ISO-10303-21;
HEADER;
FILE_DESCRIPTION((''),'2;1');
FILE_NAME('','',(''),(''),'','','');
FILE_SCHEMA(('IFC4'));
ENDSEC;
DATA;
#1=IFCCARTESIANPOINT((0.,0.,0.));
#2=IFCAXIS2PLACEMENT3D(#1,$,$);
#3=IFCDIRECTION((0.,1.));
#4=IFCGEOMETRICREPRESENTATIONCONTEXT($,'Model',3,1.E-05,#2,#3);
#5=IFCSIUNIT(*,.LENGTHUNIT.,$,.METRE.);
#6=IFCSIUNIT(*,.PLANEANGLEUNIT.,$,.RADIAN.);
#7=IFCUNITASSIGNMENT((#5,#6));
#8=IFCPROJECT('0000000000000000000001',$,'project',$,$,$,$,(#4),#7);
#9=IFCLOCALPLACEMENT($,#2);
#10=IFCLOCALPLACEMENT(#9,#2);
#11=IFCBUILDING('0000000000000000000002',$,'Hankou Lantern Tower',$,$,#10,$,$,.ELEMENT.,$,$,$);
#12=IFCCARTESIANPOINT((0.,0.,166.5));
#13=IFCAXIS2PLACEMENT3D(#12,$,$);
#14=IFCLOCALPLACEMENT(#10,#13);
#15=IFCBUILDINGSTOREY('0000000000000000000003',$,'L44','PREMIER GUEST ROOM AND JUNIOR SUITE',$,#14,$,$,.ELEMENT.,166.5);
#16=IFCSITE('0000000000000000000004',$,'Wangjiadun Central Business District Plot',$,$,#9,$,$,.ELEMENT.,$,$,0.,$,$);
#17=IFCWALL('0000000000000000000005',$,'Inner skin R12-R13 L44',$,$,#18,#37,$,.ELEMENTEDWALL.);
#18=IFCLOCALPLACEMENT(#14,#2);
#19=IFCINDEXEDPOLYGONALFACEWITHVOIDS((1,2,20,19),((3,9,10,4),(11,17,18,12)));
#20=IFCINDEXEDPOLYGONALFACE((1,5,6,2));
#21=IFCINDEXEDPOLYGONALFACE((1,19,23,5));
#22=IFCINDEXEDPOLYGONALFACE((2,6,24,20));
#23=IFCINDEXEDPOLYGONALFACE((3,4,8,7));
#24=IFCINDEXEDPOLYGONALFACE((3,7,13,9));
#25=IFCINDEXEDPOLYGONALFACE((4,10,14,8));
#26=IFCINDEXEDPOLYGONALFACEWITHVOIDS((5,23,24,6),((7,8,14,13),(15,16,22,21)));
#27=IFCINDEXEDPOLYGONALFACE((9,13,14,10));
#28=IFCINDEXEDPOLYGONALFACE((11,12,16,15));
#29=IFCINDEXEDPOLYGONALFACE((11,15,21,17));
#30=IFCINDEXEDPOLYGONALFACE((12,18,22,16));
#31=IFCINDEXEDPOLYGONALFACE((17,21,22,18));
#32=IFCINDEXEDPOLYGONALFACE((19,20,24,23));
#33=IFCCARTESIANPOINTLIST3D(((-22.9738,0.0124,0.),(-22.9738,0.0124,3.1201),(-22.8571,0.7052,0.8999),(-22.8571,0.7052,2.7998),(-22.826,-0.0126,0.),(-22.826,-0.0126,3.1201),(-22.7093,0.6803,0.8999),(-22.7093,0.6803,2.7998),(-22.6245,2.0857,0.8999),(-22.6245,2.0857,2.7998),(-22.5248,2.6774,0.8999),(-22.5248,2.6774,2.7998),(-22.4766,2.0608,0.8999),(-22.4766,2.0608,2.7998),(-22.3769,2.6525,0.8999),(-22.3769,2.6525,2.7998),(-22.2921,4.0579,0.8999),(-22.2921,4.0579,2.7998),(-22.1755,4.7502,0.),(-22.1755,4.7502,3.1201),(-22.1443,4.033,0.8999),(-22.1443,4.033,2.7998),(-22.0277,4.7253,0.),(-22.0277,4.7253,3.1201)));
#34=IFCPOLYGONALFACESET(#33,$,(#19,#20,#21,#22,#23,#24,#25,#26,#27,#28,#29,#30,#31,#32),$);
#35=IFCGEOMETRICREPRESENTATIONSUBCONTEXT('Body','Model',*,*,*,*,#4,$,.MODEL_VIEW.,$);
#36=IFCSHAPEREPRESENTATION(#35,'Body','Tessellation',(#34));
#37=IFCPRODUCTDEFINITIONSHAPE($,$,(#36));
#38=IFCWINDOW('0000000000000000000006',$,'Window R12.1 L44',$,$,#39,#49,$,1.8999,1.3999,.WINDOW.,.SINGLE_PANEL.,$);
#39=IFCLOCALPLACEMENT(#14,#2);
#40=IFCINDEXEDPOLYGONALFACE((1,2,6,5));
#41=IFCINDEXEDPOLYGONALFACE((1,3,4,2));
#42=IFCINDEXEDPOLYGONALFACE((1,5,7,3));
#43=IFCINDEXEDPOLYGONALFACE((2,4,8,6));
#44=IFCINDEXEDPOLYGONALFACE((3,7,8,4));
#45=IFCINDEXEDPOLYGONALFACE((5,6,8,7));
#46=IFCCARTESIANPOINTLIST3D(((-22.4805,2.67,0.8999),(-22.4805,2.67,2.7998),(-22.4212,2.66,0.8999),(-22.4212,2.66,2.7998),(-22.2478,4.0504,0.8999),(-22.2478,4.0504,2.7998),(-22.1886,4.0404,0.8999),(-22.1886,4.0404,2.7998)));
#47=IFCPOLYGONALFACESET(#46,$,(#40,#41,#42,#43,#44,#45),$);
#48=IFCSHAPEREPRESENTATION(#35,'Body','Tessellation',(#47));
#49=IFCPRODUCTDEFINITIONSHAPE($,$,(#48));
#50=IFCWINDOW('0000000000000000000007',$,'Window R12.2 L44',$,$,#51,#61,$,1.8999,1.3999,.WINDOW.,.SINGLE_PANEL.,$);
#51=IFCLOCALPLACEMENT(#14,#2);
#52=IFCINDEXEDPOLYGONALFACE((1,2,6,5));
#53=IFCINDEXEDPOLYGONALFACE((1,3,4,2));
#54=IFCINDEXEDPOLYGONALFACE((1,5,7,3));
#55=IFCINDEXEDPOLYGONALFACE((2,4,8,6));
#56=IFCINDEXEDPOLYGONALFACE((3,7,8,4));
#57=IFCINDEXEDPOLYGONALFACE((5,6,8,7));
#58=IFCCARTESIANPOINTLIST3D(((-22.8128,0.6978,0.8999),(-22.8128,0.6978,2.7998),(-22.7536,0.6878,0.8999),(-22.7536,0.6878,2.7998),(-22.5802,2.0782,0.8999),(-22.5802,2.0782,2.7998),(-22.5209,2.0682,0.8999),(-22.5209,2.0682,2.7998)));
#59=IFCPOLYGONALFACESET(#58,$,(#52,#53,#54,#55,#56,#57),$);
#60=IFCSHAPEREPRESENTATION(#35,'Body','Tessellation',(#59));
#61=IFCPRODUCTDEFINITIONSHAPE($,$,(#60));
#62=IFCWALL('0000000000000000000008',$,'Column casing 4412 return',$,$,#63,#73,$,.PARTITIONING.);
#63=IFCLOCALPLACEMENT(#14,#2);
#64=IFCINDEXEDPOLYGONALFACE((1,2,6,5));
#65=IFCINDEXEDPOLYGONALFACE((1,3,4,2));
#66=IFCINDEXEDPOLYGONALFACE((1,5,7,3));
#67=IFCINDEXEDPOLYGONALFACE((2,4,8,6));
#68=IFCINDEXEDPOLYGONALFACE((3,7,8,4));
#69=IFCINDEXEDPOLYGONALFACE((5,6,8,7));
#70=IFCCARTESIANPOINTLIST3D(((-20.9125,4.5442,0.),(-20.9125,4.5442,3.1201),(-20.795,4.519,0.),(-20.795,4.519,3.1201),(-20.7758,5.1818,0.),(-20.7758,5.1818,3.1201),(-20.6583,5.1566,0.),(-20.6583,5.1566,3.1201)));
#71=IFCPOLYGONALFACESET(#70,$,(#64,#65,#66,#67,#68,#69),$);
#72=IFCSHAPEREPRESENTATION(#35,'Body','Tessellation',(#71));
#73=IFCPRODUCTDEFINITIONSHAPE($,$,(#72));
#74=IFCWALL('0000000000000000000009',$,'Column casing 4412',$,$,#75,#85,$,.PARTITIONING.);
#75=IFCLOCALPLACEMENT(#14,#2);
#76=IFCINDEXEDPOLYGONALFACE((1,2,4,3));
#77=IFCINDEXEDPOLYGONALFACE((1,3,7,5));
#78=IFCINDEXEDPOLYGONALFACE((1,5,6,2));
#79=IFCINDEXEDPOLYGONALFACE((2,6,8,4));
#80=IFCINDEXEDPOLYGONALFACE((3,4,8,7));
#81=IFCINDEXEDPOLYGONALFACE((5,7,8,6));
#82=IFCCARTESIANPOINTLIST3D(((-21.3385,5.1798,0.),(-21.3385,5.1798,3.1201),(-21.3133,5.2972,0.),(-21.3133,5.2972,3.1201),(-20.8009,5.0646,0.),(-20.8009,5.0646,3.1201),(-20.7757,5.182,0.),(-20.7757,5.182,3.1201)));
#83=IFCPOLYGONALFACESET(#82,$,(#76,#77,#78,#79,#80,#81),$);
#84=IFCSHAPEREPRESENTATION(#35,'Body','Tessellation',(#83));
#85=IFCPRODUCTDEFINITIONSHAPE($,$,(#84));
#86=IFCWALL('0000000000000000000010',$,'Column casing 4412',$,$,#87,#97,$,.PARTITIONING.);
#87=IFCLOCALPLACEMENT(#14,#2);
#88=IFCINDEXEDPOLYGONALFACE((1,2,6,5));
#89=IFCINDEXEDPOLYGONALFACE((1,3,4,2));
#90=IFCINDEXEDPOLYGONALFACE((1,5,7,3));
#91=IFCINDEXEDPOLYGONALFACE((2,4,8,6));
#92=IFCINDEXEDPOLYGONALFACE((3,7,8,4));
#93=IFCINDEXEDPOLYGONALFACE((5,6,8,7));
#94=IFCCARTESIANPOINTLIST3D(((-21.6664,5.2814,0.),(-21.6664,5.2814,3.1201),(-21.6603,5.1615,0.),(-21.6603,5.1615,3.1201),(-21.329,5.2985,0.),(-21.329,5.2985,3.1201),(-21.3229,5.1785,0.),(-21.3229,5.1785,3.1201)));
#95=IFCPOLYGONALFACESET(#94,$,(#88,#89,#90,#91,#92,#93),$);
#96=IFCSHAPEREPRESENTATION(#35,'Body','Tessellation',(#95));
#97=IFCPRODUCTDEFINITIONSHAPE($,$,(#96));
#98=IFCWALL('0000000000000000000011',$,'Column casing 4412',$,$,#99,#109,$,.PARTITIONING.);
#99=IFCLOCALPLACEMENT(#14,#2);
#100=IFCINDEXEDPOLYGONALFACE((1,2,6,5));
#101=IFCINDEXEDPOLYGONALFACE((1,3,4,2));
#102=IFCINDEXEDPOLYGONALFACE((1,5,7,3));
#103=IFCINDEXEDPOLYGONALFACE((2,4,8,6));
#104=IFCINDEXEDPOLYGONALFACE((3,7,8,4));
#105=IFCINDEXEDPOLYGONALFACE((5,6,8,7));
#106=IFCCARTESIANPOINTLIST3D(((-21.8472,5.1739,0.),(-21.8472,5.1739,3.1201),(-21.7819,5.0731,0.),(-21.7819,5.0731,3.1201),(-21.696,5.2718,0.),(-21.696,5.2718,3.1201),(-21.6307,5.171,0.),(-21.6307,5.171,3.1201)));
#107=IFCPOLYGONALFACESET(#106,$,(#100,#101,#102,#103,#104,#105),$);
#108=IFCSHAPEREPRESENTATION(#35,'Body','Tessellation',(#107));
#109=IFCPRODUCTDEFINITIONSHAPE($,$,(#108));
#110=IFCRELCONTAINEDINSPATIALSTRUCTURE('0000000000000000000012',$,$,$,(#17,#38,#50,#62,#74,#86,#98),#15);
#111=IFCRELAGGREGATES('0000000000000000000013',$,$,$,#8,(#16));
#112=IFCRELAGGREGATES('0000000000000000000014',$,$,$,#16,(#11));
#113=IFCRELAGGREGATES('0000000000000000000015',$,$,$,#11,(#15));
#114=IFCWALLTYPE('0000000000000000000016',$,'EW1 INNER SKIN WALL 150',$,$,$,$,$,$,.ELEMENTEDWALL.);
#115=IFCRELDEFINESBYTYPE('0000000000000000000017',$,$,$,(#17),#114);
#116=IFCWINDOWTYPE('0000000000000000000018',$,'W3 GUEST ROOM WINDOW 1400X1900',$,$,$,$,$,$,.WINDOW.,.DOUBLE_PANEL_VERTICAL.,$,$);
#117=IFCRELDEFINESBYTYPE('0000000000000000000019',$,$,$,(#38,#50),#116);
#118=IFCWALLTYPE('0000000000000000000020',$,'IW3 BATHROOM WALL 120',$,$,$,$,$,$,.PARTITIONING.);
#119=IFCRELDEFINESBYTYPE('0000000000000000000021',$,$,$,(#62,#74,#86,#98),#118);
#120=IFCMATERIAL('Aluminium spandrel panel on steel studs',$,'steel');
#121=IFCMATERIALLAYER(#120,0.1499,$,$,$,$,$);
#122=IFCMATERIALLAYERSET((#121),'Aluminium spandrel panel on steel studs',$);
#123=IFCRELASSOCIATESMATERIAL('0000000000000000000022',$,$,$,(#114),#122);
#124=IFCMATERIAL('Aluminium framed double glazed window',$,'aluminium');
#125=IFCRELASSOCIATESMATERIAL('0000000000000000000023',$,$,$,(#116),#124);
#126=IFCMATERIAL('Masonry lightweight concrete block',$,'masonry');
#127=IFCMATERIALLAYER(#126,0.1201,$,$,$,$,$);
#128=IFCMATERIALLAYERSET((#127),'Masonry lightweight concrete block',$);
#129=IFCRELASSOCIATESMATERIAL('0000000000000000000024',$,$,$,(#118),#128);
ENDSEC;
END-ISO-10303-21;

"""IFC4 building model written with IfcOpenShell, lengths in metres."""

from ifc_helpers import new_model, si_unit, direction, frame, frame_2d, origin, place, context, subcontext, project, spatial, rectangle, extrude, material, layer, layer_set, type_object, element, fill, save


model = new_model("IFC4")

# Units and contexts
model_context = context("Model", 3, precision=1e-05, world=origin(), true_north=direction((0.0, 1.0)))
body_context = subcontext(model_context, "Body", "Model", "MODEL_VIEW")
ifc_project = project(units=[si_unit("LENGTHUNIT", "METRE"), si_unit("PLANEANGLEUNIT", "RADIAN")], contexts=[model_context])

# Site, building, storey
site_placement = place(None, origin())
site = spatial("IfcSite", under=ifc_project, at=site_placement, Name="Wangjiadun Central Business District Plot", CompositionType="ELEMENT", RefElevation=0.0)
building_placement = place(site_placement, origin())
building = spatial("IfcBuilding", under=site, at=building_placement, Name="Hankou Lantern Tower", CompositionType="ELEMENT")
storey_placement = place(building_placement, frame((0.0, 0.0, 166.5)))
storey = spatial("IfcBuildingStorey", under=building, at=storey_placement, Name="L44", Description="PREMIER GUEST ROOM AND JUNIOR SUITE", CompositionType="ELEMENT", Elevation=166.5)

# Wall, openings, windows
ifc_material_1 = material(Name="Aluminium spandrel panel on steel studs", Category="steel")
ifc_layer_1 = layer(ifc_material_1, 0.1499)
ifc_layer_set_1 = layer_set([ifc_layer_1], Name="Aluminium spandrel panel on steel studs")
wall_type_1 = type_object("IfcWallType", Name="EW1 INNER SKIN WALL 150", PredefinedType="ELEMENTEDWALL", material=ifc_layer_set_1)
wall_1_placement = place(storey_placement, frame((-22.1016, 4.7378, 0.0), z_axis=(0.0, 0.0, 1.0), x_axis=(-0.166162, -0.986098, 0.0)))
wall_1 = element("IfcWall", 1, at=wall_1_placement, inside=storey, type_object=wall_type_1, Name="Inner skin R12-R13 L44", PredefinedType="ELEMENTEDWALL", context=body_context, shape_type="SweptSolid", body=[
    extrude(rectangle(XDim=4.8047, YDim=0.1499, at=frame_2d((2.4023, 0.0))), origin(), (0.0, 0.0, 1.0), 3.1201),
])
opening_1_placement = place(wall_1_placement, frame((0.7021, 0.0, 0.8999)))
opening_1 = element("IfcOpeningElement", 2, at=opening_1_placement, cuts=wall_1, PredefinedType="OPENING", context=body_context, shape_type="SweptSolid", body=[
    extrude(rectangle(XDim=1.3999, YDim=1.8999, at=frame_2d((0.7, 0.95))), frame((0.0, 0.085, 0.0), z_axis=(0.0, -1.0, 0.0), x_axis=(1.0, 0.0, 0.0)), (0.0, 0.0, 1.0), 0.1699),
])
opening_2_placement = place(wall_1_placement, frame((2.7021, 0.0, 0.8999)))
opening_2 = element("IfcOpeningElement", 3, at=opening_2_placement, cuts=wall_1, PredefinedType="OPENING", context=body_context, shape_type="SweptSolid", body=[
    extrude(rectangle(XDim=1.3999, YDim=1.8999, at=frame_2d((0.7, 0.95))), frame((0.0, 0.085, 0.0), z_axis=(0.0, -1.0, 0.0), x_axis=(1.0, 0.0, 0.0)), (0.0, 0.0, 1.0), 0.1699),
])
ifc_material_2 = material(Name="Aluminium framed double glazed window", Category="aluminium")
window_type = type_object("IfcWindowType", Name="W3 GUEST ROOM WINDOW 1400X1900", PartitioningType="DOUBLE_PANEL_VERTICAL", PredefinedType="WINDOW", material=ifc_material_2)
window_1_placement = place(opening_1_placement, origin())
window_1 = element("IfcWindow", 4, at=window_1_placement, inside=storey, type_object=window_type, Name="Window R12.1 L44", OverallHeight=1.8999, OverallWidth=1.3999, PartitioningType="SINGLE_PANEL", PredefinedType="WINDOW", context=body_context, shape_type="SweptSolid", body=[
    extrude(rectangle(XDim=1.3999, YDim=1.8999, at=frame_2d((0.7, 0.95))), frame((0.0, 0.03, 0.0), z_axis=(0.0, -1.0, 0.0), x_axis=(1.0, 0.0, 0.0)), (0.0, 0.0, 1.0), 0.0601),
])
fill(opening_1, window_1)
window_2_placement = place(opening_2_placement, origin())
window_2 = element("IfcWindow", 5, at=window_2_placement, inside=storey, type_object=window_type, Name="Window R12.2 L44", OverallHeight=1.8999, OverallWidth=1.3999, PartitioningType="SINGLE_PANEL", PredefinedType="WINDOW", context=body_context, shape_type="SweptSolid", body=[
    extrude(rectangle(XDim=1.3999, YDim=1.8999, at=frame_2d((0.7, 0.95))), frame((0.0, 0.03, 0.0), z_axis=(0.0, -1.0, 0.0), x_axis=(1.0, 0.0, 0.0)), (0.0, 0.0, 1.0), 0.0601),
])
fill(opening_2, window_2)

# Walls
ifc_material_3 = material(Name="Masonry lightweight concrete block", Category="masonry")
ifc_layer_2 = layer(ifc_material_3, 0.1201)
ifc_layer_set_2 = layer_set([ifc_layer_2], Name="Masonry lightweight concrete block")
wall_type_2 = type_object("IfcWallType", Name="IW3 BATHROOM WALL 120", PredefinedType="PARTITIONING", material=ifc_layer_set_2)
wall_2_placement = place(storey_placement, frame((-20.8538, 4.5315, 0.0), z_axis=(0.0, 0.0, 1.0), x_axis=(0.209631, 0.97778, 0.0)))
element("IfcWall", 6, at=wall_2_placement, inside=storey, type_object=wall_type_2, Name="Column casing 4412 return", PredefinedType="PARTITIONING", context=body_context, shape_type="SweptSolid", body=[
    extrude(rectangle(XDim=0.6521, YDim=0.1201, at=frame_2d((0.3262, 0.0))), origin(), (0.0, 0.0, 1.0), 3.1201),
])
wall_3_placement = place(storey_placement, frame((-20.7883, 5.1233, 0.0), z_axis=(0.0, 0.0, 1.0), x_axis=(-0.977789, 0.20959, 0.0)))
element("IfcWall", 7, at=wall_3_placement, inside=storey, type_object=wall_type_2, Name="Column casing 4412", PredefinedType="PARTITIONING", context=body_context, shape_type="SweptSolid", body=[
    extrude(rectangle(XDim=0.5498, YDim=0.1201, at=frame_2d((0.2749, 0.0))), origin(), (0.0, 0.0, 1.0), 3.1201),
])
wall_4_placement = place(storey_placement, frame((-21.3259, 5.2385, 0.0), z_axis=(0.0, 0.0, 1.0), x_axis=(-0.99872, -0.050586, 0.0)))
element("IfcWall", 8, at=wall_4_placement, inside=storey, type_object=wall_type_2, Name="Column casing 4412", PredefinedType="PARTITIONING", context=body_context, shape_type="SweptSolid", body=[
    extrude(rectangle(XDim=0.3379, YDim=0.1201, at=frame_2d((0.1689, 0.0))), origin(), (0.0, 0.0, 1.0), 3.1201),
])
wall_5_placement = place(storey_placement, frame((-21.6633, 5.2214, 0.0), z_axis=(0.0, 0.0, 1.0), x_axis=(-0.839279, -0.543701, 0.0)))
element("IfcWall", 9, at=wall_5_placement, inside=storey, type_object=wall_type_2, Name="Column casing 4412", PredefinedType="PARTITIONING", context=body_context, shape_type="SweptSolid", body=[
    extrude(rectangle(XDim=0.1802, YDim=0.1201, at=frame_2d((0.0901, 0.0))), origin(), (0.0, 0.0, 1.0), 3.1201),
])

save(model, "model.ifc")
